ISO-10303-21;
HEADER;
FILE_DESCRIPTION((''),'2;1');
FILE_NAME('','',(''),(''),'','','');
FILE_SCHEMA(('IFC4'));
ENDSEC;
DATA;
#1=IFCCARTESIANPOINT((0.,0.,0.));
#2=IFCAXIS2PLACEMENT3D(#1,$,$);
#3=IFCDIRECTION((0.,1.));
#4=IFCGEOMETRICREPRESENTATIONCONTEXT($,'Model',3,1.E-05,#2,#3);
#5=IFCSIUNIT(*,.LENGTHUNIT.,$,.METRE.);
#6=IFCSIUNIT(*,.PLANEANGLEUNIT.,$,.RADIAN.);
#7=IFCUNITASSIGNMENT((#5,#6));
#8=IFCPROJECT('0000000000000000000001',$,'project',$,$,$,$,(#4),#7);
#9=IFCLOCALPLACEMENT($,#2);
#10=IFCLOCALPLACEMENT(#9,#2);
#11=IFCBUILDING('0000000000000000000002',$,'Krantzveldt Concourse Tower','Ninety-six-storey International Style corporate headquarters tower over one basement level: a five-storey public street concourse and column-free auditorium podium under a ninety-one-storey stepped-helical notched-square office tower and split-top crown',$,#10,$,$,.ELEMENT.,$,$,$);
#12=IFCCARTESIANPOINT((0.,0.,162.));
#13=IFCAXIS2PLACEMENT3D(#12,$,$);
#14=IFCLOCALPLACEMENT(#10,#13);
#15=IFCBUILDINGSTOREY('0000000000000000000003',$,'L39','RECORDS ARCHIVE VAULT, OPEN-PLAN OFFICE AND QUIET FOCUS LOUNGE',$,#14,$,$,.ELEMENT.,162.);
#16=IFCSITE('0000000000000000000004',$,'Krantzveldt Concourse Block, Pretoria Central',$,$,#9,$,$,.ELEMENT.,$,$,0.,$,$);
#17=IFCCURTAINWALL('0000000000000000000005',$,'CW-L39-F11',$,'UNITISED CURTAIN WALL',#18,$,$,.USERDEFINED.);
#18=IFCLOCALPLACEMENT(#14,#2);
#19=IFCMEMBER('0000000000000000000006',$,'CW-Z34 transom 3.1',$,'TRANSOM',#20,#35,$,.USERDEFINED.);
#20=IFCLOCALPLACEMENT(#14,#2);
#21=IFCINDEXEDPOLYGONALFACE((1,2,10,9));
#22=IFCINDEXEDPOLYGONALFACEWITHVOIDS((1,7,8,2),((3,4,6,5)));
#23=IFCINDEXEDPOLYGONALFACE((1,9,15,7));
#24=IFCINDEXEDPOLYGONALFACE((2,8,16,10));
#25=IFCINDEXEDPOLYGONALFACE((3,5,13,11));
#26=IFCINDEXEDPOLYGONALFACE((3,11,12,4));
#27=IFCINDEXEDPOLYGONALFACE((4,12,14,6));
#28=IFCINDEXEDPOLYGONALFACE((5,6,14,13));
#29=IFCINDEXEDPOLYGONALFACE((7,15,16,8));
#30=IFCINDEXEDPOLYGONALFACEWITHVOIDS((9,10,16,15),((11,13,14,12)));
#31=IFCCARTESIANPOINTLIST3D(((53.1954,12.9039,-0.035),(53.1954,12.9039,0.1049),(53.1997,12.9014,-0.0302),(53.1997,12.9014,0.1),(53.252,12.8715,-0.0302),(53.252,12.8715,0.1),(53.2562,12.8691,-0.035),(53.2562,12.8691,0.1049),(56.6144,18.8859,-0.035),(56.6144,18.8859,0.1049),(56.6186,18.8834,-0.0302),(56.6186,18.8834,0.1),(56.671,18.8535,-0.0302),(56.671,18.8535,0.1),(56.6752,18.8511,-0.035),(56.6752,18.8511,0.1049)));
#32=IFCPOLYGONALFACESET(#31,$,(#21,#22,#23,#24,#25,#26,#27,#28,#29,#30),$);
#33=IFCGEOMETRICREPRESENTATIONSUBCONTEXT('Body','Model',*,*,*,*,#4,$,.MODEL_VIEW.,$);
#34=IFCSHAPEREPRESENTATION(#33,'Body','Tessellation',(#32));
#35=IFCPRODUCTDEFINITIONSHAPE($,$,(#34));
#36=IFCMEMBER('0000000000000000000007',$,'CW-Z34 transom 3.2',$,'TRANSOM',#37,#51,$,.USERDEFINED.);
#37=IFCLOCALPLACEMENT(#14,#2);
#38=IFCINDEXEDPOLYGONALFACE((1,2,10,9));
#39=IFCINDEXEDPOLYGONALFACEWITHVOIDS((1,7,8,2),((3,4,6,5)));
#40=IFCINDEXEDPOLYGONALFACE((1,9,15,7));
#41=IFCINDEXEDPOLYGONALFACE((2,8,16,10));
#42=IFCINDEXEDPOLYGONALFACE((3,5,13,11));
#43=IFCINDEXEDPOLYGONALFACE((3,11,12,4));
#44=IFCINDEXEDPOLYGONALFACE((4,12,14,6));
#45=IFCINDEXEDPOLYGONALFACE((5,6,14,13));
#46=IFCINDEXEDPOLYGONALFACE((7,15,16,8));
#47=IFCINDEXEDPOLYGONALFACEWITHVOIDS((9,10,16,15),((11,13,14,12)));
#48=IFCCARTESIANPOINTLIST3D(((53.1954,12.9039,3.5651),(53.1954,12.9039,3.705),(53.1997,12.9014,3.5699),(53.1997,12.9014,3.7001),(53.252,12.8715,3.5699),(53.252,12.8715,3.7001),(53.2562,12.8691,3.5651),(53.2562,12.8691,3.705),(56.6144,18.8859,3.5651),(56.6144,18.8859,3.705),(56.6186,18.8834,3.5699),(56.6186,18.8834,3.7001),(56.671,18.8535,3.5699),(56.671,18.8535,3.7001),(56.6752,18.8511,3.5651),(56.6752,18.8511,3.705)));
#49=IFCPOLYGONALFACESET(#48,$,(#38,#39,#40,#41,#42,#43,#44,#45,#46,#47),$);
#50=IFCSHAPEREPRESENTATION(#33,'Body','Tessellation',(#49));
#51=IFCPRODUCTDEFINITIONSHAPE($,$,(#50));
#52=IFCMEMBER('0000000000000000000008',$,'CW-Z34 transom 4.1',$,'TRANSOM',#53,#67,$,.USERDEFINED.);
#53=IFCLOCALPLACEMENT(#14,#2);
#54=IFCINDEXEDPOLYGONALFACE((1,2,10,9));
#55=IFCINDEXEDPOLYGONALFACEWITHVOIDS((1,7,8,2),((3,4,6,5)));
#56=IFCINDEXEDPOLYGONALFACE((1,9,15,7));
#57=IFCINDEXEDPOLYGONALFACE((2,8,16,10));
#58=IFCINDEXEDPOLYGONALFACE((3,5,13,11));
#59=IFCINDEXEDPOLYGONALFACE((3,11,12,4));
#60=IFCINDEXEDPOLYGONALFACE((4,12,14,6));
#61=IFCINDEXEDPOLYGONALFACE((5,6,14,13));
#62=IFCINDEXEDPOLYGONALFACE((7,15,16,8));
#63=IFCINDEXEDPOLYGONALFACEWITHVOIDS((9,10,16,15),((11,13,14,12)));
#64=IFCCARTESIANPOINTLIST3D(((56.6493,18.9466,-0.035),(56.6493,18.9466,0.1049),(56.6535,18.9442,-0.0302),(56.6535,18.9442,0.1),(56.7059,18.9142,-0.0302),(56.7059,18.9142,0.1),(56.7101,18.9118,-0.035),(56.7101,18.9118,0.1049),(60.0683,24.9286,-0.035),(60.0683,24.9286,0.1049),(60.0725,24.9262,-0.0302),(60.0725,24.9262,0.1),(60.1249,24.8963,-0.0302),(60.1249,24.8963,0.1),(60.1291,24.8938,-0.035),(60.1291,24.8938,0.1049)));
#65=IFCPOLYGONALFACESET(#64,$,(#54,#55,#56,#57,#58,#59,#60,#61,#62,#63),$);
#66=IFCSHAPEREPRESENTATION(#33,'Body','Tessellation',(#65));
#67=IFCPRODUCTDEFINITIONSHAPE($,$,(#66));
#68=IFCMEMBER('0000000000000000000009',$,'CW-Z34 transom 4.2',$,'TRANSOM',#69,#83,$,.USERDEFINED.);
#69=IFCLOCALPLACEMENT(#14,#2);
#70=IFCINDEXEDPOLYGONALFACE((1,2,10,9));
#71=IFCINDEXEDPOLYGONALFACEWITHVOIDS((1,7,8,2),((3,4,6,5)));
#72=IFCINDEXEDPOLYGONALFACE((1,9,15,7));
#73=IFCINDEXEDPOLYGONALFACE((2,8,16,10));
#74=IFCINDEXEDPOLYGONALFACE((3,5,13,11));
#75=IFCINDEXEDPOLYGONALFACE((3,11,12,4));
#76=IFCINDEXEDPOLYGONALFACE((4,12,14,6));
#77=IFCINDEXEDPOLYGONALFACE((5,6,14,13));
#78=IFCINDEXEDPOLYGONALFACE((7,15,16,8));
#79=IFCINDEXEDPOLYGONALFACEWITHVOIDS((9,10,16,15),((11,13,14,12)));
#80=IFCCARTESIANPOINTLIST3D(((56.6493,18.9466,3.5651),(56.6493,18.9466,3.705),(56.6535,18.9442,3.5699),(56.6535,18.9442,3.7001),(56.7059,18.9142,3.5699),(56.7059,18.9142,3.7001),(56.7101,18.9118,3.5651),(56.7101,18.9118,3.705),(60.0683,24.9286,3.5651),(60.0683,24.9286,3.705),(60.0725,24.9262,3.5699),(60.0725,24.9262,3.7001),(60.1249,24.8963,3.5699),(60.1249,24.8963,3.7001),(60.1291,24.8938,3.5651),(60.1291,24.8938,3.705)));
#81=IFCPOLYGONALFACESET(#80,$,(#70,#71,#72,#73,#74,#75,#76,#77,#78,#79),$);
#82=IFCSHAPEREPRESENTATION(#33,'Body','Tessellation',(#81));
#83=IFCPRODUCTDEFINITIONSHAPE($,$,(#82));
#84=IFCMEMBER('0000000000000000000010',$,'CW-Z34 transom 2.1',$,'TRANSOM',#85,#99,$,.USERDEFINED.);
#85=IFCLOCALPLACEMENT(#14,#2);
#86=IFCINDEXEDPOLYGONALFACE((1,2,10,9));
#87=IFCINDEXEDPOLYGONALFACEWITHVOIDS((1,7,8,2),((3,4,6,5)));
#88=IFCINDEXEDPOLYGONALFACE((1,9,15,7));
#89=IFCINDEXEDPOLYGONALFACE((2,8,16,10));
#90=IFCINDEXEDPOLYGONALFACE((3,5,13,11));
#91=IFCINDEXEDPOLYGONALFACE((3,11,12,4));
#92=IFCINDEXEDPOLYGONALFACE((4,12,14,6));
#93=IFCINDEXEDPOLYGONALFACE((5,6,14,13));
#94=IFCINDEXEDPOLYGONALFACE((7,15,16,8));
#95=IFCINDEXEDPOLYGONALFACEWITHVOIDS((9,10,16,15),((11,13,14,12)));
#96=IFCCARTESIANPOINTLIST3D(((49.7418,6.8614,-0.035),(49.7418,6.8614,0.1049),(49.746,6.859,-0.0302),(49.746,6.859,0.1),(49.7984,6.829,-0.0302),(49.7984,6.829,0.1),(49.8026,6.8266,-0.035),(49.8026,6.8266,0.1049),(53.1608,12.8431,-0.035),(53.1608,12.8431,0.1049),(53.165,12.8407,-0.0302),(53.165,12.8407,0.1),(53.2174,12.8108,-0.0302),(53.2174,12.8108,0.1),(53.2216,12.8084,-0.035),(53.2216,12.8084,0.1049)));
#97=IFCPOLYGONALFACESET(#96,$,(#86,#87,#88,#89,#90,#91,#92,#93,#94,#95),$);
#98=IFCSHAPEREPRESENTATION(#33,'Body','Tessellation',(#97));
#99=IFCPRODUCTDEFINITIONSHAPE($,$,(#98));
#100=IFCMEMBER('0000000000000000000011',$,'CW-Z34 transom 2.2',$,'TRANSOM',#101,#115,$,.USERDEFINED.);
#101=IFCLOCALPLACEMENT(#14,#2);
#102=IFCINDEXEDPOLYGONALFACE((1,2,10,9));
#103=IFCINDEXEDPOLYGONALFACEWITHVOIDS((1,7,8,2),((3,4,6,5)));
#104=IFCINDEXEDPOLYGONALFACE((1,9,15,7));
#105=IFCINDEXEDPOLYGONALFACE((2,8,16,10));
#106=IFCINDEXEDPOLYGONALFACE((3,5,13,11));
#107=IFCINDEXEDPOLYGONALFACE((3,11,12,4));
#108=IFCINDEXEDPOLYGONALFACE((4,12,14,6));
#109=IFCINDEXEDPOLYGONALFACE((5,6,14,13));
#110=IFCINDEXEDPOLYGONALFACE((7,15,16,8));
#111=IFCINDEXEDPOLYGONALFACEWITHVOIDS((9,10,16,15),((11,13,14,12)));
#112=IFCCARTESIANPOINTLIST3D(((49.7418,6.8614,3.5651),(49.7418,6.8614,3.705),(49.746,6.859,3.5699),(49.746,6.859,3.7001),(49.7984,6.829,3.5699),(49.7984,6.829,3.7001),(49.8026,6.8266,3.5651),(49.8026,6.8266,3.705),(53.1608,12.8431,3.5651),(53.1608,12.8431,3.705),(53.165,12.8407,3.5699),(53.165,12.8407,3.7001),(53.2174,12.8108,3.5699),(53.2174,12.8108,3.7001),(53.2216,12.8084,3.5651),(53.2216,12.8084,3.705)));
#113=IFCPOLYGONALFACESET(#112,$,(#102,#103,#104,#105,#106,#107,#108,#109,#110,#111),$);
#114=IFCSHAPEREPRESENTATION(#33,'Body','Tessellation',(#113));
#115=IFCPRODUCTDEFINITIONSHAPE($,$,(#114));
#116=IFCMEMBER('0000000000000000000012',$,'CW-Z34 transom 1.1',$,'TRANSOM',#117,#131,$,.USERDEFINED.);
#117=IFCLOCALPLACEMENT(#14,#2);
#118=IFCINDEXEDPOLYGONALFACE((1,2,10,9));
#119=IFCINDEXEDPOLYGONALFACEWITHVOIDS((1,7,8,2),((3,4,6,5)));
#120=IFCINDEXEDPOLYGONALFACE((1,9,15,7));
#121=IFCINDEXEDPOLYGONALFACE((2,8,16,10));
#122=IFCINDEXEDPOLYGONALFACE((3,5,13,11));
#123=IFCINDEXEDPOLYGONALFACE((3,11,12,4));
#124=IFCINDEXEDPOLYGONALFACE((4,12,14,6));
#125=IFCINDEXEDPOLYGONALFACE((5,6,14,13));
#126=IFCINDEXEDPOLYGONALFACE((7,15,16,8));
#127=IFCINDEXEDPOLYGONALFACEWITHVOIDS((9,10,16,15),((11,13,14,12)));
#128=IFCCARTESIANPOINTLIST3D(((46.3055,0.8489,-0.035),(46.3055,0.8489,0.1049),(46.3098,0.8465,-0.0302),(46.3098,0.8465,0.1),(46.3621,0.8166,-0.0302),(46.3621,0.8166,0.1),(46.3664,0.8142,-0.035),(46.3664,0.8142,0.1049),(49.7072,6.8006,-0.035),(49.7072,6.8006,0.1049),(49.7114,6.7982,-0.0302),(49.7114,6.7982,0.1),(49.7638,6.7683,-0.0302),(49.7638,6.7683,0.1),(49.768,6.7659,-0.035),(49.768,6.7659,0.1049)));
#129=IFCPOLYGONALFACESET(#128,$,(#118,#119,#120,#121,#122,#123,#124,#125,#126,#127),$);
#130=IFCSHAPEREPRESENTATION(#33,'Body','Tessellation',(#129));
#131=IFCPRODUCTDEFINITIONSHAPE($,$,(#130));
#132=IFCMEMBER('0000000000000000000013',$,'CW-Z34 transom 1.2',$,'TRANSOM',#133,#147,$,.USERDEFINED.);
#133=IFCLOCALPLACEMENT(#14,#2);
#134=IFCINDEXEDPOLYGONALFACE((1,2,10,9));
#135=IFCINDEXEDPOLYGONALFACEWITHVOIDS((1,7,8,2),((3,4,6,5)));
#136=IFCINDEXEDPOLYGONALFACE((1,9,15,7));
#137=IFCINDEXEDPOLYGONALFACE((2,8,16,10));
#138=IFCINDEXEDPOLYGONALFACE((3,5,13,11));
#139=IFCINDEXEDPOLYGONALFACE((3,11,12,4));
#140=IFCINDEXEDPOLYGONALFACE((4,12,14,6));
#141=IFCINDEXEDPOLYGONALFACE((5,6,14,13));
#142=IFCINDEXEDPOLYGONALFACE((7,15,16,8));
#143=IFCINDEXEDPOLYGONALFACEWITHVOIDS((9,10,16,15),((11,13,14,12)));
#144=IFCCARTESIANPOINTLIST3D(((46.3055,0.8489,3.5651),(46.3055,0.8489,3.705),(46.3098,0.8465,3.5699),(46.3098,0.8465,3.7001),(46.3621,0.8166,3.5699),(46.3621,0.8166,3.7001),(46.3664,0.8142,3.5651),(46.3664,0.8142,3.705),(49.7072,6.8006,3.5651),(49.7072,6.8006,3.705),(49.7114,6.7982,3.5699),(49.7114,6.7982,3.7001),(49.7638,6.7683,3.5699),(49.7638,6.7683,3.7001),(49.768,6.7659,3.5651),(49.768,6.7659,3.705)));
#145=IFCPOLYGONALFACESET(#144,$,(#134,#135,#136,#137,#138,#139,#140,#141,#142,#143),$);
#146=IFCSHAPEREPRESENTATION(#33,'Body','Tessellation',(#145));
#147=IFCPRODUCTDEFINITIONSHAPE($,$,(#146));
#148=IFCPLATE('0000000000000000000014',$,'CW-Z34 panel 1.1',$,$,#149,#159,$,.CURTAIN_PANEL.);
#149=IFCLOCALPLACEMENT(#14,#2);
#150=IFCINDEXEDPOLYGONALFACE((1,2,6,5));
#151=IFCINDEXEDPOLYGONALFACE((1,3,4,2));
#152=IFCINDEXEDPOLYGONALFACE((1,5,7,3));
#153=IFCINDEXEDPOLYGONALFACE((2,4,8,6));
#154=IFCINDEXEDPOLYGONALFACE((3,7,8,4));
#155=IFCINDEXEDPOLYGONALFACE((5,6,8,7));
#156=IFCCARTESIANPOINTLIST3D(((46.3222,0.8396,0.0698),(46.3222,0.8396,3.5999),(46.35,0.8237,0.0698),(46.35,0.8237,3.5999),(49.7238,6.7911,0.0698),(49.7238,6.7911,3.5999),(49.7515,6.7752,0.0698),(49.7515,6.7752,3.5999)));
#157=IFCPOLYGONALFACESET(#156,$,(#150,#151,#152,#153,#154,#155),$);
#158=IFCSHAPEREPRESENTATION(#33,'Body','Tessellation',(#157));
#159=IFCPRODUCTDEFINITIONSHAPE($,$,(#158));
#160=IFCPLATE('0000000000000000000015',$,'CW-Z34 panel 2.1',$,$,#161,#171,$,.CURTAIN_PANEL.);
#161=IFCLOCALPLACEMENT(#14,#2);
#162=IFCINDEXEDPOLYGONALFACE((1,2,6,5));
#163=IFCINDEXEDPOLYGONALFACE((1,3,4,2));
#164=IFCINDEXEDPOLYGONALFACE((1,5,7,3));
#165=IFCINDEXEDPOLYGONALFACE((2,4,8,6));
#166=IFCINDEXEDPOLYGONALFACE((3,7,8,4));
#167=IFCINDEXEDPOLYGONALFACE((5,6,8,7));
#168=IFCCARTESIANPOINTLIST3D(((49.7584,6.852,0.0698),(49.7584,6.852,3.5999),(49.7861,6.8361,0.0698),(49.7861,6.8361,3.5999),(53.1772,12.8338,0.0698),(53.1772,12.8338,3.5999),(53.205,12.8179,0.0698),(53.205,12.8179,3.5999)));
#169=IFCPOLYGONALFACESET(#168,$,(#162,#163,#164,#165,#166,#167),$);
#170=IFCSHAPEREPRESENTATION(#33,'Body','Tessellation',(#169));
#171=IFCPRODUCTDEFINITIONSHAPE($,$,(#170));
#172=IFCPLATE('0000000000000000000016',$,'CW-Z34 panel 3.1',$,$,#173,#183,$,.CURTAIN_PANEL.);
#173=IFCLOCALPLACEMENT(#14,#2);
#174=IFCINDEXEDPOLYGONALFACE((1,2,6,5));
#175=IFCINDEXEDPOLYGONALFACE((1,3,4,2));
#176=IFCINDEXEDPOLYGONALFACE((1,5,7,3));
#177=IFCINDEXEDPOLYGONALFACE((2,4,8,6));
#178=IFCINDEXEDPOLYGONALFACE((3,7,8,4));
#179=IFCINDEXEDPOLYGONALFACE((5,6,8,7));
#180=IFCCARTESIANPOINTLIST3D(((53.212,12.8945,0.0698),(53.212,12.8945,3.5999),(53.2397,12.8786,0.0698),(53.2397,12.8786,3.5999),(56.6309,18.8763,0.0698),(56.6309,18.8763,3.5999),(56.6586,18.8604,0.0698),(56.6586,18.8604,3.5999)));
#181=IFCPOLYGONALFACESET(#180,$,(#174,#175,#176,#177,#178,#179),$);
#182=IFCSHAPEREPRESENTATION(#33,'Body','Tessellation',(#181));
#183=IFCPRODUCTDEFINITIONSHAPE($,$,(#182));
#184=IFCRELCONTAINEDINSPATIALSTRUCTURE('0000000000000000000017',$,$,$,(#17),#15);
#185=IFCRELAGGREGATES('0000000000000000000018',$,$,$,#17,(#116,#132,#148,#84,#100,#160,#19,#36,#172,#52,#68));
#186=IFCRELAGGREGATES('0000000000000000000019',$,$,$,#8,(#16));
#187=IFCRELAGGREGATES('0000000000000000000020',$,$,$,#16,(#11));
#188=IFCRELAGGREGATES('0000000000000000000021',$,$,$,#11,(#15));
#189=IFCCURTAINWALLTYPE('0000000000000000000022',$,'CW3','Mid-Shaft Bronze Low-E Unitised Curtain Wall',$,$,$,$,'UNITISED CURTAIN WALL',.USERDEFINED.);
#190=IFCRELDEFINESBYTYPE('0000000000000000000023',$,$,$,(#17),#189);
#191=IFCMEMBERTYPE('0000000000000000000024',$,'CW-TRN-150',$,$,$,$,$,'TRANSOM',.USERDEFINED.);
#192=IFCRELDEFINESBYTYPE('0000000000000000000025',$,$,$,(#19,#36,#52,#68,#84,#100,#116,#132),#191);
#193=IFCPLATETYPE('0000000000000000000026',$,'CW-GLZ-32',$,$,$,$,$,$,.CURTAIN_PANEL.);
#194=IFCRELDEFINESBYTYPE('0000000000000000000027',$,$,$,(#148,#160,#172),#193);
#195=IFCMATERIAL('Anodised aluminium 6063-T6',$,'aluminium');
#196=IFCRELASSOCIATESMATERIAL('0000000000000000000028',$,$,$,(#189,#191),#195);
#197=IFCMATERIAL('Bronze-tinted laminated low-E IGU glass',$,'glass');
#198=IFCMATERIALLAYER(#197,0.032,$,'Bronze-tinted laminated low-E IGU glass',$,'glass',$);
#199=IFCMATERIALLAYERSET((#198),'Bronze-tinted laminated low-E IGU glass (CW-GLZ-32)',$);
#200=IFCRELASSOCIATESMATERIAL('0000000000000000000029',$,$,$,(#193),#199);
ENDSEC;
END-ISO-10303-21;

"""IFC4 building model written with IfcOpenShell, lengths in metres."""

from ifc_helpers import new_model, si_unit, direction, frame, origin, origin_2d, place, context, subcontext, project, spatial, rectangle, hollow_rectangle, extrude, source, transform, mapped, material, layer, layer_set, material_profile, profile_set, type_object, type_shapes, element, aggregate, save


model = new_model("IFC4")

# Units and contexts
model_context = context("Model", 3, precision=1e-05, world=origin(), true_north=direction((0.0, 1.0)))
body_context = subcontext(model_context, "Body", "Model", "MODEL_VIEW")
ifc_project = project(units=[si_unit("LENGTHUNIT", "METRE"), si_unit("PLANEANGLEUNIT", "RADIAN")], contexts=[model_context])

# Site, building, storey
site_placement = place(None, origin())
site = spatial("IfcSite", under=ifc_project, at=site_placement, Name="Krantzveldt Concourse Block, Pretoria Central", CompositionType="ELEMENT", RefElevation=0.0)
building_placement = place(site_placement, origin())
building = spatial("IfcBuilding", under=site, at=building_placement, Name="Krantzveldt Concourse Tower", Description="Ninety-six-storey International Style corporate headquarters tower over one basement level: a five-storey public street concourse and column-free auditorium podium under a ninety-one-storey stepped-helical notched-square office tower and split-top crown", CompositionType="ELEMENT")
storey_placement = place(building_placement, frame((0.0, 0.0, 162.0)))
storey = spatial("IfcBuildingStorey", under=building, at=storey_placement, Name="L39", Description="RECORDS ARCHIVE VAULT, OPEN-PLAN OFFICE AND QUIET FOCUS LOUNGE", CompositionType="ELEMENT", Elevation=162.0)

# Curtain wall, members, plates
ifc_material_1 = material(Name="Anodised aluminium 6063-T6", Category="aluminium")
curtain_wall_type = type_object("IfcCurtainWallType", Name="CW3", Description="Mid-Shaft Bronze Low-E Unitised Curtain Wall", ElementType="UNITISED CURTAIN WALL", PredefinedType="USERDEFINED", material=ifc_material_1)
curtain_wall_placement = place(storey_placement, origin())
curtain_wall = element("IfcCurtainWall", 1, at=curtain_wall_placement, inside=storey, type_object=curtain_wall_type, Name="CW-L39-F11", ObjectType="UNITISED CURTAIN WALL", PredefinedType="USERDEFINED")
ifc_material_profile_1 = material_profile(ifc_material_1, hollow_rectangle(XDim=0.0701, YDim=0.1399, WallThickness=0.0049, at=origin_2d()), Name="Anodised aluminium 6063-T6", Category="aluminium")
ifc_profile_set_1 = profile_set([ifc_material_profile_1], Name="Anodised aluminium 6063-T6 - ALU-TRAN 140x70x5")
member_type_1 = type_object("IfcMemberType", Name="CW-TRN-150", ElementType="TRANSOM", PredefinedType="USERDEFINED", material=ifc_profile_set_1)
shared_shape_1 = source(origin(), body_context, "Body", "SweptSolid", [
    extrude(hollow_rectangle(XDim=0.0701, YDim=0.1399, WallThickness=0.0049, at=origin_2d()), origin(), (0.0, 0.0, 1.0), 6.8901),
])
member_1_placement = place(storey_placement, frame((53.2258, 12.8865, 0.0349), z_axis=(0.496215, 0.8682, 0.0), x_axis=(-0.8682, 0.496215, 0.0)))
member_1 = element("IfcMember", 2, at=member_1_placement, type_object=member_type_1, Name="CW-Z34 transom 3.1", ObjectType="TRANSOM", PredefinedType="USERDEFINED", context=body_context, shape_type="MappedRepresentation", body=[
    mapped(shared_shape_1, transform((0.0, 0.0, 0.0), x_axis=(1.0, 0.0, 0.0), y_axis=(0.0, 1.0, 0.0), z_axis=(0.0, 0.0, 1.0), scale=1.0)),
])
member_2_placement = place(storey_placement, frame((53.2258, 12.8865, 3.635), z_axis=(0.496215, 0.8682, 0.0), x_axis=(-0.8682, 0.496215, 0.0)))
member_2 = element("IfcMember", 3, at=member_2_placement, type_object=member_type_1, Name="CW-Z34 transom 3.2", ObjectType="TRANSOM", PredefinedType="USERDEFINED", context=body_context, shape_type="MappedRepresentation", body=[
    mapped(shared_shape_1, transform((0.0, 0.0, 0.0), x_axis=(1.0, 0.0, 0.0), y_axis=(0.0, 1.0, 0.0), z_axis=(0.0, 0.0, 1.0), scale=1.0)),
])
member_3_placement = place(storey_placement, frame((56.6797, 18.9292, 0.0349), z_axis=(0.496215, 0.8682, 0.0), x_axis=(-0.8682, 0.496215, 0.0)))
member_3 = element("IfcMember", 4, at=member_3_placement, type_object=member_type_1, Name="CW-Z34 transom 4.1", ObjectType="TRANSOM", PredefinedType="USERDEFINED", context=body_context, shape_type="MappedRepresentation", body=[
    mapped(shared_shape_1, transform((0.0, 0.0, 0.0), x_axis=(1.0, 0.0, 0.0), y_axis=(0.0, 1.0, 0.0), z_axis=(0.0, 0.0, 1.0), scale=1.0)),
])
member_4_placement = place(storey_placement, frame((56.6797, 18.9292, 3.635), z_axis=(0.496215, 0.8682, 0.0), x_axis=(-0.8682, 0.496215, 0.0)))
member_4 = element("IfcMember", 5, at=member_4_placement, type_object=member_type_1, Name="CW-Z34 transom 4.2", ObjectType="TRANSOM", PredefinedType="USERDEFINED", context=body_context, shape_type="MappedRepresentation", body=[
    mapped(shared_shape_1, transform((0.0, 0.0, 0.0), x_axis=(1.0, 0.0, 0.0), y_axis=(0.0, 1.0, 0.0), z_axis=(0.0, 0.0, 1.0), scale=1.0)),
])
shared_shape_2 = source(origin(), body_context, "Body", "SweptSolid", [
    extrude(hollow_rectangle(XDim=0.0701, YDim=0.1399, WallThickness=0.0049, at=origin_2d()), origin(), (0.0, 0.0, 1.0), 6.8899),
])
member_5_placement = place(storey_placement, frame((49.7722, 6.844, 0.0349), z_axis=(0.496231, 0.868191, 0.0), x_axis=(-0.868191, 0.496231, 0.0)))
member_5 = element("IfcMember", 6, at=member_5_placement, type_object=member_type_1, Name="CW-Z34 transom 2.1", ObjectType="TRANSOM", PredefinedType="USERDEFINED", context=body_context, shape_type="MappedRepresentation", body=[
    mapped(shared_shape_2, transform((0.0, 0.0, 0.0), x_axis=(1.0, 0.0, 0.0), y_axis=(0.0, 1.0, 0.0), z_axis=(0.0, 0.0, 1.0), scale=1.0)),
])
member_6_placement = place(storey_placement, frame((49.7722, 6.844, 3.635), z_axis=(0.496231, 0.868191, 0.0), x_axis=(-0.868191, 0.496231, 0.0)))
member_6 = element("IfcMember", 7, at=member_6_placement, type_object=member_type_1, Name="CW-Z34 transom 2.2", ObjectType="TRANSOM", PredefinedType="USERDEFINED", context=body_context, shape_type="MappedRepresentation", body=[
    mapped(shared_shape_2, transform((0.0, 0.0, 0.0), x_axis=(1.0, 0.0, 0.0), y_axis=(0.0, 1.0, 0.0), z_axis=(0.0, 0.0, 1.0), scale=1.0)),
])
shared_shape_3 = source(origin(), body_context, "Body", "SweptSolid", [
    extrude(hollow_rectangle(XDim=0.0701, YDim=0.1399, WallThickness=0.0049, at=origin_2d()), origin(), (0.0, 0.0, 1.0), 6.8552),
])
type_shapes(member_type_1, [shared_shape_1, shared_shape_2, shared_shape_3])
member_7_placement = place(storey_placement, frame((46.3359, 0.8315, 0.0349), z_axis=(0.496212, 0.868201, 0.0), x_axis=(-0.868201, 0.496212, 0.0)))
member_7 = element("IfcMember", 8, at=member_7_placement, type_object=member_type_1, Name="CW-Z34 transom 1.1", ObjectType="TRANSOM", PredefinedType="USERDEFINED", context=body_context, shape_type="MappedRepresentation", body=[
    mapped(shared_shape_3, transform((0.0, 0.0, 0.0), x_axis=(1.0, 0.0, 0.0), y_axis=(0.0, 1.0, 0.0), z_axis=(0.0, 0.0, 1.0), scale=1.0)),
])
member_8_placement = place(storey_placement, frame((46.3359, 0.8315, 3.635), z_axis=(0.496212, 0.868201, 0.0), x_axis=(-0.868201, 0.496212, 0.0)))
member_8 = element("IfcMember", 9, at=member_8_placement, type_object=member_type_1, Name="CW-Z34 transom 1.2", ObjectType="TRANSOM", PredefinedType="USERDEFINED", context=body_context, shape_type="MappedRepresentation", body=[
    mapped(shared_shape_3, transform((0.0, 0.0, 0.0), x_axis=(1.0, 0.0, 0.0), y_axis=(0.0, 1.0, 0.0), z_axis=(0.0, 0.0, 1.0), scale=1.0)),
])
ifc_material_2 = material(Name="Bronze-tinted laminated low-E IGU glass", Category="glass")
ifc_layer_1 = layer(ifc_material_2, 0.032, Name="Bronze-tinted laminated low-E IGU glass", Category="glass")
ifc_layer_set_1 = layer_set([ifc_layer_1], Name="Bronze-tinted laminated low-E IGU glass (CW-GLZ-32)")
plate_type = type_object("IfcPlateType", Name="CW-GLZ-32", PredefinedType="CURTAIN_PANEL", material=ifc_layer_set_1)
shared_shape_4 = source(origin(), body_context, "Body", "SweptSolid", [
    extrude(rectangle(XDim=6.855, YDim=0.032, at=origin_2d()), origin(), (0.0, 0.0, 1.0), 3.53),
])
plate_1_placement = place(storey_placement, frame((48.0369, 3.8074, 0.0698), z_axis=(0.0, 0.0, 1.0), x_axis=(0.496216, 0.868199, 0.0)))
plate_1 = element("IfcPlate", 10, at=plate_1_placement, type_object=plate_type, Name="CW-Z34 panel 1.1", PredefinedType="CURTAIN_PANEL", context=body_context, shape_type="MappedRepresentation", body=[
    mapped(shared_shape_4, transform((0.0, 0.0, 0.0), x_axis=(1.0, 0.0, 0.0), y_axis=(0.0, 1.0, 0.0), z_axis=(0.0, 0.0, 1.0), scale=1.0)),
])
shared_shape_5 = source(origin(), body_context, "Body", "SweptSolid", [
    extrude(rectangle(XDim=6.8899, YDim=0.032, at=origin_2d()), origin(), (0.0, 0.0, 1.0), 3.53),
])
type_shapes(plate_type, [shared_shape_4, shared_shape_5])
plate_2_placement = place(storey_placement, frame((51.4817, 9.835, 0.0698), z_axis=(0.0, 0.0, 1.0), x_axis=(0.496216, 0.868199, 0.0)))
plate_2 = element("IfcPlate", 11, at=plate_2_placement, type_object=plate_type, Name="CW-Z34 panel 2.1", PredefinedType="CURTAIN_PANEL", context=body_context, shape_type="MappedRepresentation", body=[
    mapped(shared_shape_5, transform((0.0, 0.0, 0.0), x_axis=(1.0, 0.0, 0.0), y_axis=(0.0, 1.0, 0.0), z_axis=(0.0, 0.0, 1.0), scale=1.0)),
])
plate_3_placement = place(storey_placement, frame((54.9353, 15.8774, 0.0698), z_axis=(0.0, 0.0, 1.0), x_axis=(0.496216, 0.868199, 0.0)))
plate_3 = element("IfcPlate", 12, at=plate_3_placement, type_object=plate_type, Name="CW-Z34 panel 3.1", PredefinedType="CURTAIN_PANEL", context=body_context, shape_type="MappedRepresentation", body=[
    mapped(shared_shape_5, transform((0.0, 0.0, 0.0), x_axis=(1.0, 0.0, 0.0), y_axis=(0.0, 1.0, 0.0), z_axis=(0.0, 0.0, 1.0), scale=1.0)),
])
aggregate(curtain_wall, [member_7, member_8, plate_1, member_5, member_6, plate_2, member_1, member_2, plate_3, member_3, member_4])

save(model, "model.ifc")
